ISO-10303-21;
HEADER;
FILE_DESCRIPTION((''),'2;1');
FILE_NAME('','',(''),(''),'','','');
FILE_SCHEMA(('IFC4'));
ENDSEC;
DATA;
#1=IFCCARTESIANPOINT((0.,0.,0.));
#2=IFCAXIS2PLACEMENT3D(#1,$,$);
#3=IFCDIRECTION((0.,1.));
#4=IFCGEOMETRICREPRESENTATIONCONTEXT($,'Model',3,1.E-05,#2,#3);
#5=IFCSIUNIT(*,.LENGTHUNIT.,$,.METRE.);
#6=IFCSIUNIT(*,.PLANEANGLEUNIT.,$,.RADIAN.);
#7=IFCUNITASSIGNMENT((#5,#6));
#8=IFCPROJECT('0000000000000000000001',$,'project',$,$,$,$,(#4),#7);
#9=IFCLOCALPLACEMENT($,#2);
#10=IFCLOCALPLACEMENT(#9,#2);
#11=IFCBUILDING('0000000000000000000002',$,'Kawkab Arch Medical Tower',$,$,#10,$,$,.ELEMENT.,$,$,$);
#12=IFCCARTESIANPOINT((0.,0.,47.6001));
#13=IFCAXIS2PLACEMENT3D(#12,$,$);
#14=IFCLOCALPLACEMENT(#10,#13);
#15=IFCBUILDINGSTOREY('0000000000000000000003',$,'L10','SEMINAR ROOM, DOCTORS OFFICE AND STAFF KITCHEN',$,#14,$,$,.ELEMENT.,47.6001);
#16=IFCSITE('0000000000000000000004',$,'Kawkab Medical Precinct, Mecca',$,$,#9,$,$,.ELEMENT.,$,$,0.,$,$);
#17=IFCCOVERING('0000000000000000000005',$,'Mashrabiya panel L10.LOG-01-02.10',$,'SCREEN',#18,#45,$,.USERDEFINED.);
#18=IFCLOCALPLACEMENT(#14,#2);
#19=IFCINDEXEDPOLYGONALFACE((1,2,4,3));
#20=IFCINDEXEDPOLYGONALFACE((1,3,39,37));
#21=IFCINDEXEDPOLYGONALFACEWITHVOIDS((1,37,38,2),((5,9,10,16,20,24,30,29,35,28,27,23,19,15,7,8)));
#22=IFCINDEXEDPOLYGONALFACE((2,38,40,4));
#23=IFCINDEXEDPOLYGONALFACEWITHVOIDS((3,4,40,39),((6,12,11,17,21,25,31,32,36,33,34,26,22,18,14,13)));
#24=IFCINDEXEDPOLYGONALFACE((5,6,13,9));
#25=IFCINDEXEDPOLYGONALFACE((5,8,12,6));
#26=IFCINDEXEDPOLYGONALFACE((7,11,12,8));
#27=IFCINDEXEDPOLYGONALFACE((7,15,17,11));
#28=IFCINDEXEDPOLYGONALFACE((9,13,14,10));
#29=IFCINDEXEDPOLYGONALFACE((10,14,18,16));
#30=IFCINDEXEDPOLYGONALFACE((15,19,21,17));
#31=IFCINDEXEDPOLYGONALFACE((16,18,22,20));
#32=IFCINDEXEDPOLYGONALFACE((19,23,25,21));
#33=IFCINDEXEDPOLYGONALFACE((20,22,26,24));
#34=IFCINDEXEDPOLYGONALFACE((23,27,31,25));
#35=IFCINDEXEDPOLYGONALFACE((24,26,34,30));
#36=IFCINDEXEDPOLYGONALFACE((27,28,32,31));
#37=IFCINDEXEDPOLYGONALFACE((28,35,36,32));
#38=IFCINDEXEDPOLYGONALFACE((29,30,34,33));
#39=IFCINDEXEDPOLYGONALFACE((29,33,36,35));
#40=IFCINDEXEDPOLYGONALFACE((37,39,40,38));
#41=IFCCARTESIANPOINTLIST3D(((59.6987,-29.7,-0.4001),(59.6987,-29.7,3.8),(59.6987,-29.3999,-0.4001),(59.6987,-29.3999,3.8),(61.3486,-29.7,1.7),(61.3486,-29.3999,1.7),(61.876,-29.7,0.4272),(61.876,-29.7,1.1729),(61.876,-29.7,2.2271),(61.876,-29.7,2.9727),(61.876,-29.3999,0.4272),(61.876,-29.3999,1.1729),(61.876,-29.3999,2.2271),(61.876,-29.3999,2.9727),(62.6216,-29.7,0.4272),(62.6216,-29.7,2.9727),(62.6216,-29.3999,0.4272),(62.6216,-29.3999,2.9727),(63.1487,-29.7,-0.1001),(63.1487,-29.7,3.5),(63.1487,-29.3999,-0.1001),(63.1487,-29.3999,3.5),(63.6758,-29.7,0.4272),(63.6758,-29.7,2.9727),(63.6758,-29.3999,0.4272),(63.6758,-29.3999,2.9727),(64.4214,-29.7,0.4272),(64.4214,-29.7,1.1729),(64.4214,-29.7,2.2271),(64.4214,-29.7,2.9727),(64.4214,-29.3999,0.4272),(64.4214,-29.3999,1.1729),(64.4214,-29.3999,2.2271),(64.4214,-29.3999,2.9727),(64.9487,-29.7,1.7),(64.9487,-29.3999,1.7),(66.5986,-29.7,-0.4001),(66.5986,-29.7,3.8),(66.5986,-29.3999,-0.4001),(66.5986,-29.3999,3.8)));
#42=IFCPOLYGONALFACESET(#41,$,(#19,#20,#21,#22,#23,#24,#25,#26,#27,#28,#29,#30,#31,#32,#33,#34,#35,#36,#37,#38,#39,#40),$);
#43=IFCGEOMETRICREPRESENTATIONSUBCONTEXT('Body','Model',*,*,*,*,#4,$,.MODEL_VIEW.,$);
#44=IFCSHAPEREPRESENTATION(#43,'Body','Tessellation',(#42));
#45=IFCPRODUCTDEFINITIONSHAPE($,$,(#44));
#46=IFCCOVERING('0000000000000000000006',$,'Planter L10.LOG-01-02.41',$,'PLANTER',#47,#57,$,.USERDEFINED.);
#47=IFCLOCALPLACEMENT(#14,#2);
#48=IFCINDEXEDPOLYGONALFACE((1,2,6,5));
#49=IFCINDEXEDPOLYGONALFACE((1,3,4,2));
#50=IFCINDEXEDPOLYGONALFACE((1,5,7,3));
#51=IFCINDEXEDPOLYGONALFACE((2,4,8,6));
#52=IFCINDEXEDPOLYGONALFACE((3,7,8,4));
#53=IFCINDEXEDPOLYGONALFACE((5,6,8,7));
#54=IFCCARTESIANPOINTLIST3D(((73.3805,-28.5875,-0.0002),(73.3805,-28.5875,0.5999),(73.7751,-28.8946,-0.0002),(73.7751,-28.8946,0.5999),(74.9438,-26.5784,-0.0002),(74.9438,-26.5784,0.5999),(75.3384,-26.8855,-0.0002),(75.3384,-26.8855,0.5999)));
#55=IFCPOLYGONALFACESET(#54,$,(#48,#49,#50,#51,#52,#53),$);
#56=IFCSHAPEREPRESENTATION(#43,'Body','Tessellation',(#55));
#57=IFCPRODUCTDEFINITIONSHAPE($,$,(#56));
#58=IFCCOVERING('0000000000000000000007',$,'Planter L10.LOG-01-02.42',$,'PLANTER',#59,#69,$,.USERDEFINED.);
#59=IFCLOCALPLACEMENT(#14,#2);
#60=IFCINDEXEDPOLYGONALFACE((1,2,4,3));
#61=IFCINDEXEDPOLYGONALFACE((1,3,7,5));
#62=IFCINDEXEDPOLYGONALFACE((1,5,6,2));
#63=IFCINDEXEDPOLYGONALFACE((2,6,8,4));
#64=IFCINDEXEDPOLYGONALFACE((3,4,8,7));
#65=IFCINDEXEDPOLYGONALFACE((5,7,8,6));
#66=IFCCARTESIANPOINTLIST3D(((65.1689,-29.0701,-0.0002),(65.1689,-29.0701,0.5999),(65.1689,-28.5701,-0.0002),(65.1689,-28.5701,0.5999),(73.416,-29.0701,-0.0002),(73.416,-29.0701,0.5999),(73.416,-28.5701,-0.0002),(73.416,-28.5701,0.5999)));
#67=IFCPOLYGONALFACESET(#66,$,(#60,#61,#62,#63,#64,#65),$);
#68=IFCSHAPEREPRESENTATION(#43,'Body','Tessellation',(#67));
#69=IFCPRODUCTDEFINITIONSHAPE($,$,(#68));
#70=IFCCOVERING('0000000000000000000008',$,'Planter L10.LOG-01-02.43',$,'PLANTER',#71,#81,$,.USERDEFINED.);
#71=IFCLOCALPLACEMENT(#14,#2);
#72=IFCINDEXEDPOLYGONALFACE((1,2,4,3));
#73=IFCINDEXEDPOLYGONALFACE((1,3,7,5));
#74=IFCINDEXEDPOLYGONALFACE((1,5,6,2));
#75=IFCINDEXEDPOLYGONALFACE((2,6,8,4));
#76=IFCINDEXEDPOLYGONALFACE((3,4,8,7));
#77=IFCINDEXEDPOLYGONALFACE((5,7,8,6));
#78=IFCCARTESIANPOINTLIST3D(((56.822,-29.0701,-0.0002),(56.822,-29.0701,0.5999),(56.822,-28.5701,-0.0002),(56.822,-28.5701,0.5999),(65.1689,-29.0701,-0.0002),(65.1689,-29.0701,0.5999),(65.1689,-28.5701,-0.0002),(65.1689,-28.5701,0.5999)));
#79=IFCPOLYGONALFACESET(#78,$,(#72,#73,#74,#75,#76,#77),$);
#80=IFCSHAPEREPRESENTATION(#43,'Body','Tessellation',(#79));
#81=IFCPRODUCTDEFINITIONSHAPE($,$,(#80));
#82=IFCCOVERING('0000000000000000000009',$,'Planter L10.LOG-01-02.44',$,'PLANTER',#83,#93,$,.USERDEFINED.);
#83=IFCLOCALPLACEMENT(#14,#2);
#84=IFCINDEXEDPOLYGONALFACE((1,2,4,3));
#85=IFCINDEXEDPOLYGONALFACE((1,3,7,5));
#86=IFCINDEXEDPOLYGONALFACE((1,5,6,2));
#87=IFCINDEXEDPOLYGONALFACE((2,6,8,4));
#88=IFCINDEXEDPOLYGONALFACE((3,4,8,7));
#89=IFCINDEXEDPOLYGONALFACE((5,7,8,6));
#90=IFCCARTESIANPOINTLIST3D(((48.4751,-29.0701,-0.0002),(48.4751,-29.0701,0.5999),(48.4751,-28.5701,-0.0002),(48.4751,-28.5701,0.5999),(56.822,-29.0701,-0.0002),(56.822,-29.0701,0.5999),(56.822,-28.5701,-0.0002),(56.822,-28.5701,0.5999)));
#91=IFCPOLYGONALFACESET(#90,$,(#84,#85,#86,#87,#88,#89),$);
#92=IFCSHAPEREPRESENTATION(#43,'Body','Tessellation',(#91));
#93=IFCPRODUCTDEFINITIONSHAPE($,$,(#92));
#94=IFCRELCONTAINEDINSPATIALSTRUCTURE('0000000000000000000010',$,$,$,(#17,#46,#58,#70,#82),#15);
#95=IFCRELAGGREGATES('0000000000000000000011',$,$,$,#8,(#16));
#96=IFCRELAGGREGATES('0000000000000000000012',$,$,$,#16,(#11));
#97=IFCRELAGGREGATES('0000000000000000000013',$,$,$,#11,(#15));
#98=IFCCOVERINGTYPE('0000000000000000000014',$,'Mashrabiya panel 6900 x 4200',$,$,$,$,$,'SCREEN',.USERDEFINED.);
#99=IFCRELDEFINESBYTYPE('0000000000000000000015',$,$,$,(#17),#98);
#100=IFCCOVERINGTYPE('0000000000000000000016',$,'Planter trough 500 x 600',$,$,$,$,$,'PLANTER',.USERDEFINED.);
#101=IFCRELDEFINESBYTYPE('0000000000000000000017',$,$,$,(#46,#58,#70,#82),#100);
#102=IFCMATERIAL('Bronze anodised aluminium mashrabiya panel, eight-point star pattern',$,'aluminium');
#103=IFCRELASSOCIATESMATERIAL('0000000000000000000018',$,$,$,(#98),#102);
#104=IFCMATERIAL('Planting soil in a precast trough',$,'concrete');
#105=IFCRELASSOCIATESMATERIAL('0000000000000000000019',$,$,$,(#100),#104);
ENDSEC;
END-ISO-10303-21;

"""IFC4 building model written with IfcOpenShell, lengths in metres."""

from ifc_helpers import new_model, si_unit, direction, frame, origin, origin_2d, place, context, subcontext, project, spatial, polyline, rectangle, outline, extrude, material, material_profile, profile_set, type_object, element, save


model = new_model("IFC4")

# Units and contexts
model_context = context("Model", 3, precision=1e-05, world=origin(), true_north=direction((0.0, 1.0)))
body_context = subcontext(model_context, "Body", "Model", "MODEL_VIEW")
ifc_project = project(units=[si_unit("LENGTHUNIT", "METRE"), si_unit("PLANEANGLEUNIT", "RADIAN")], contexts=[model_context])

# Site, building, storey
site_placement = place(None, origin())
site = spatial("IfcSite", under=ifc_project, at=site_placement, Name="Kawkab Medical Precinct, Mecca", CompositionType="ELEMENT", RefElevation=0.0)
building_placement = place(site_placement, origin())
building = spatial("IfcBuilding", under=site, at=building_placement, Name="Kawkab Arch Medical Tower", CompositionType="ELEMENT")
storey_placement = place(building_placement, frame((0.0, 0.0, 47.6001)))
storey = spatial("IfcBuildingStorey", under=building, at=storey_placement, Name="L10", Description="SEMINAR ROOM, DOCTORS OFFICE AND STAFF KITCHEN", CompositionType="ELEMENT", Elevation=47.6001)

# Coverings
ifc_material_1 = material(Name="Bronze anodised aluminium mashrabiya panel, eight-point star pattern", Category="aluminium")
ifc_material_profile_1 = material_profile(ifc_material_1, outline(polyline([(-3.45, -2.1001), (3.45, -2.1001), (3.45, 2.1001), (-3.45, 2.1001), (-3.45, -2.1001)]), holes=[polyline([(1.8, 0.0), (1.2727, 0.5271), (1.2727, 1.2727), (0.5271, 1.2727), (0.0, 1.8), (-0.5271, 1.2727), (-1.2727, 1.2727), (-1.2727, 0.5271), (-1.8, 0.0), (-1.2727, -0.5271), (-1.2727, -1.2727), (-0.5271, -1.2727), (0.0, -1.8), (0.5271, -1.2727), (1.2727, -1.2727), (1.2727, -0.5271), (1.8, 0.0)])]), Name="Mashrabiya panel 6900x4200")
ifc_profile_set_1 = profile_set([ifc_material_profile_1], Name="Bronze anodised aluminium mashrabiya panel, eight-point star pattern")
covering_type_1 = type_object("IfcCoveringType", Name="Mashrabiya panel 6900 x 4200", ElementType="SCREEN", PredefinedType="USERDEFINED", material=ifc_profile_set_1)
covering_1_placement = place(storey_placement, frame((63.1487, -29.3999, 1.7), z_axis=(0.0, -1.0, 0.0), x_axis=(1.0, 0.0, 0.0)))
element("IfcCovering", 1, at=covering_1_placement, inside=storey, type_object=covering_type_1, Name="Mashrabiya panel L10.LOG-01-02.10", ObjectType="SCREEN", PredefinedType="USERDEFINED", context=body_context, shape_type="SweptSolid", body=[
    extrude(outline(polyline([(-3.45, -2.1001), (3.45, -2.1001), (3.45, 2.1001), (-3.45, 2.1001), (-3.45, -2.1001)]), holes=[polyline([(1.8, 0.0), (1.2727, 0.5271), (1.2727, 1.2727), (0.5271, 1.2727), (0.0, 1.8), (-0.5271, 1.2727), (-1.2727, 1.2727), (-1.2727, 0.5271), (-1.8, 0.0), (-1.2727, -0.5271), (-1.2727, -1.2727), (-0.5271, -1.2727), (0.0, -1.8), (0.5271, -1.2727), (1.2727, -1.2727), (1.2727, -0.5271), (1.8, 0.0)])]), origin(), (0.0, 0.0, 1.0), 0.3),
])
ifc_material_2 = material(Name="Planting soil in a precast trough", Category="concrete")
ifc_material_profile_2 = material_profile(ifc_material_2, rectangle(XDim=0.5, YDim=0.6001, at=origin_2d()), Name="Trough 500x600")
ifc_profile_set_2 = profile_set([ifc_material_profile_2], Name="Planting soil in a precast trough")
covering_type_2 = type_object("IfcCoveringType", Name="Planter trough 500 x 600", ElementType="PLANTER", PredefinedType="USERDEFINED", material=ifc_profile_set_2)
covering_2_placement = place(storey_placement, frame((75.1411, -26.7319, 0.2998), z_axis=(-0.6141, -0.789228, 0.0), x_axis=(0.789228, -0.6141, 0.0)))
element("IfcCovering", 2, at=covering_2_placement, inside=storey, type_object=covering_type_2, Name="Planter L10.LOG-01-02.41", ObjectType="PLANTER", PredefinedType="USERDEFINED", context=body_context, shape_type="SweptSolid", body=[
    extrude(rectangle(XDim=0.5, YDim=0.6001, at=origin_2d()), origin(), (0.0, 0.0, 1.0), 2.5457),
])
covering_3_placement = place(storey_placement, frame((73.416, -28.8201, 0.2998), z_axis=(-1.0, 0.0, 0.0), x_axis=(0.0, -1.0, 0.0)))
element("IfcCovering", 3, at=covering_3_placement, inside=storey, type_object=covering_type_2, Name="Planter L10.LOG-01-02.42", ObjectType="PLANTER", PredefinedType="USERDEFINED", context=body_context, shape_type="SweptSolid", body=[
    extrude(rectangle(XDim=0.5, YDim=0.6001, at=origin_2d()), origin(), (0.0, 0.0, 1.0), 8.2471),
])
for number, where, z_axis, x_axis, name in (
    (4, (65.1689, -28.8201, 0.2998), (-1.0, 0.0, 0.0), (0.0, -1.0, 0.0), "Planter L10.LOG-01-02.43"),
    (5, (56.822, -28.8201, 0.2998), (-1.0, 0.0, 0.0), (0.0, -1.0, 0.0), "Planter L10.LOG-01-02.44"),
):
    element("IfcCovering", number, at=place(storey_placement, frame(where, z_axis=z_axis, x_axis=x_axis)), inside=storey, type_object=covering_type_2, Name=name, ObjectType="PLANTER", PredefinedType="USERDEFINED", context=body_context, shape_type="SweptSolid", body=[
        extrude(rectangle(XDim=0.5, YDim=0.6001, at=origin_2d()), origin(), (0.0, 0.0, 1.0), 8.3469),
    ])

save(model, "model.ifc")
